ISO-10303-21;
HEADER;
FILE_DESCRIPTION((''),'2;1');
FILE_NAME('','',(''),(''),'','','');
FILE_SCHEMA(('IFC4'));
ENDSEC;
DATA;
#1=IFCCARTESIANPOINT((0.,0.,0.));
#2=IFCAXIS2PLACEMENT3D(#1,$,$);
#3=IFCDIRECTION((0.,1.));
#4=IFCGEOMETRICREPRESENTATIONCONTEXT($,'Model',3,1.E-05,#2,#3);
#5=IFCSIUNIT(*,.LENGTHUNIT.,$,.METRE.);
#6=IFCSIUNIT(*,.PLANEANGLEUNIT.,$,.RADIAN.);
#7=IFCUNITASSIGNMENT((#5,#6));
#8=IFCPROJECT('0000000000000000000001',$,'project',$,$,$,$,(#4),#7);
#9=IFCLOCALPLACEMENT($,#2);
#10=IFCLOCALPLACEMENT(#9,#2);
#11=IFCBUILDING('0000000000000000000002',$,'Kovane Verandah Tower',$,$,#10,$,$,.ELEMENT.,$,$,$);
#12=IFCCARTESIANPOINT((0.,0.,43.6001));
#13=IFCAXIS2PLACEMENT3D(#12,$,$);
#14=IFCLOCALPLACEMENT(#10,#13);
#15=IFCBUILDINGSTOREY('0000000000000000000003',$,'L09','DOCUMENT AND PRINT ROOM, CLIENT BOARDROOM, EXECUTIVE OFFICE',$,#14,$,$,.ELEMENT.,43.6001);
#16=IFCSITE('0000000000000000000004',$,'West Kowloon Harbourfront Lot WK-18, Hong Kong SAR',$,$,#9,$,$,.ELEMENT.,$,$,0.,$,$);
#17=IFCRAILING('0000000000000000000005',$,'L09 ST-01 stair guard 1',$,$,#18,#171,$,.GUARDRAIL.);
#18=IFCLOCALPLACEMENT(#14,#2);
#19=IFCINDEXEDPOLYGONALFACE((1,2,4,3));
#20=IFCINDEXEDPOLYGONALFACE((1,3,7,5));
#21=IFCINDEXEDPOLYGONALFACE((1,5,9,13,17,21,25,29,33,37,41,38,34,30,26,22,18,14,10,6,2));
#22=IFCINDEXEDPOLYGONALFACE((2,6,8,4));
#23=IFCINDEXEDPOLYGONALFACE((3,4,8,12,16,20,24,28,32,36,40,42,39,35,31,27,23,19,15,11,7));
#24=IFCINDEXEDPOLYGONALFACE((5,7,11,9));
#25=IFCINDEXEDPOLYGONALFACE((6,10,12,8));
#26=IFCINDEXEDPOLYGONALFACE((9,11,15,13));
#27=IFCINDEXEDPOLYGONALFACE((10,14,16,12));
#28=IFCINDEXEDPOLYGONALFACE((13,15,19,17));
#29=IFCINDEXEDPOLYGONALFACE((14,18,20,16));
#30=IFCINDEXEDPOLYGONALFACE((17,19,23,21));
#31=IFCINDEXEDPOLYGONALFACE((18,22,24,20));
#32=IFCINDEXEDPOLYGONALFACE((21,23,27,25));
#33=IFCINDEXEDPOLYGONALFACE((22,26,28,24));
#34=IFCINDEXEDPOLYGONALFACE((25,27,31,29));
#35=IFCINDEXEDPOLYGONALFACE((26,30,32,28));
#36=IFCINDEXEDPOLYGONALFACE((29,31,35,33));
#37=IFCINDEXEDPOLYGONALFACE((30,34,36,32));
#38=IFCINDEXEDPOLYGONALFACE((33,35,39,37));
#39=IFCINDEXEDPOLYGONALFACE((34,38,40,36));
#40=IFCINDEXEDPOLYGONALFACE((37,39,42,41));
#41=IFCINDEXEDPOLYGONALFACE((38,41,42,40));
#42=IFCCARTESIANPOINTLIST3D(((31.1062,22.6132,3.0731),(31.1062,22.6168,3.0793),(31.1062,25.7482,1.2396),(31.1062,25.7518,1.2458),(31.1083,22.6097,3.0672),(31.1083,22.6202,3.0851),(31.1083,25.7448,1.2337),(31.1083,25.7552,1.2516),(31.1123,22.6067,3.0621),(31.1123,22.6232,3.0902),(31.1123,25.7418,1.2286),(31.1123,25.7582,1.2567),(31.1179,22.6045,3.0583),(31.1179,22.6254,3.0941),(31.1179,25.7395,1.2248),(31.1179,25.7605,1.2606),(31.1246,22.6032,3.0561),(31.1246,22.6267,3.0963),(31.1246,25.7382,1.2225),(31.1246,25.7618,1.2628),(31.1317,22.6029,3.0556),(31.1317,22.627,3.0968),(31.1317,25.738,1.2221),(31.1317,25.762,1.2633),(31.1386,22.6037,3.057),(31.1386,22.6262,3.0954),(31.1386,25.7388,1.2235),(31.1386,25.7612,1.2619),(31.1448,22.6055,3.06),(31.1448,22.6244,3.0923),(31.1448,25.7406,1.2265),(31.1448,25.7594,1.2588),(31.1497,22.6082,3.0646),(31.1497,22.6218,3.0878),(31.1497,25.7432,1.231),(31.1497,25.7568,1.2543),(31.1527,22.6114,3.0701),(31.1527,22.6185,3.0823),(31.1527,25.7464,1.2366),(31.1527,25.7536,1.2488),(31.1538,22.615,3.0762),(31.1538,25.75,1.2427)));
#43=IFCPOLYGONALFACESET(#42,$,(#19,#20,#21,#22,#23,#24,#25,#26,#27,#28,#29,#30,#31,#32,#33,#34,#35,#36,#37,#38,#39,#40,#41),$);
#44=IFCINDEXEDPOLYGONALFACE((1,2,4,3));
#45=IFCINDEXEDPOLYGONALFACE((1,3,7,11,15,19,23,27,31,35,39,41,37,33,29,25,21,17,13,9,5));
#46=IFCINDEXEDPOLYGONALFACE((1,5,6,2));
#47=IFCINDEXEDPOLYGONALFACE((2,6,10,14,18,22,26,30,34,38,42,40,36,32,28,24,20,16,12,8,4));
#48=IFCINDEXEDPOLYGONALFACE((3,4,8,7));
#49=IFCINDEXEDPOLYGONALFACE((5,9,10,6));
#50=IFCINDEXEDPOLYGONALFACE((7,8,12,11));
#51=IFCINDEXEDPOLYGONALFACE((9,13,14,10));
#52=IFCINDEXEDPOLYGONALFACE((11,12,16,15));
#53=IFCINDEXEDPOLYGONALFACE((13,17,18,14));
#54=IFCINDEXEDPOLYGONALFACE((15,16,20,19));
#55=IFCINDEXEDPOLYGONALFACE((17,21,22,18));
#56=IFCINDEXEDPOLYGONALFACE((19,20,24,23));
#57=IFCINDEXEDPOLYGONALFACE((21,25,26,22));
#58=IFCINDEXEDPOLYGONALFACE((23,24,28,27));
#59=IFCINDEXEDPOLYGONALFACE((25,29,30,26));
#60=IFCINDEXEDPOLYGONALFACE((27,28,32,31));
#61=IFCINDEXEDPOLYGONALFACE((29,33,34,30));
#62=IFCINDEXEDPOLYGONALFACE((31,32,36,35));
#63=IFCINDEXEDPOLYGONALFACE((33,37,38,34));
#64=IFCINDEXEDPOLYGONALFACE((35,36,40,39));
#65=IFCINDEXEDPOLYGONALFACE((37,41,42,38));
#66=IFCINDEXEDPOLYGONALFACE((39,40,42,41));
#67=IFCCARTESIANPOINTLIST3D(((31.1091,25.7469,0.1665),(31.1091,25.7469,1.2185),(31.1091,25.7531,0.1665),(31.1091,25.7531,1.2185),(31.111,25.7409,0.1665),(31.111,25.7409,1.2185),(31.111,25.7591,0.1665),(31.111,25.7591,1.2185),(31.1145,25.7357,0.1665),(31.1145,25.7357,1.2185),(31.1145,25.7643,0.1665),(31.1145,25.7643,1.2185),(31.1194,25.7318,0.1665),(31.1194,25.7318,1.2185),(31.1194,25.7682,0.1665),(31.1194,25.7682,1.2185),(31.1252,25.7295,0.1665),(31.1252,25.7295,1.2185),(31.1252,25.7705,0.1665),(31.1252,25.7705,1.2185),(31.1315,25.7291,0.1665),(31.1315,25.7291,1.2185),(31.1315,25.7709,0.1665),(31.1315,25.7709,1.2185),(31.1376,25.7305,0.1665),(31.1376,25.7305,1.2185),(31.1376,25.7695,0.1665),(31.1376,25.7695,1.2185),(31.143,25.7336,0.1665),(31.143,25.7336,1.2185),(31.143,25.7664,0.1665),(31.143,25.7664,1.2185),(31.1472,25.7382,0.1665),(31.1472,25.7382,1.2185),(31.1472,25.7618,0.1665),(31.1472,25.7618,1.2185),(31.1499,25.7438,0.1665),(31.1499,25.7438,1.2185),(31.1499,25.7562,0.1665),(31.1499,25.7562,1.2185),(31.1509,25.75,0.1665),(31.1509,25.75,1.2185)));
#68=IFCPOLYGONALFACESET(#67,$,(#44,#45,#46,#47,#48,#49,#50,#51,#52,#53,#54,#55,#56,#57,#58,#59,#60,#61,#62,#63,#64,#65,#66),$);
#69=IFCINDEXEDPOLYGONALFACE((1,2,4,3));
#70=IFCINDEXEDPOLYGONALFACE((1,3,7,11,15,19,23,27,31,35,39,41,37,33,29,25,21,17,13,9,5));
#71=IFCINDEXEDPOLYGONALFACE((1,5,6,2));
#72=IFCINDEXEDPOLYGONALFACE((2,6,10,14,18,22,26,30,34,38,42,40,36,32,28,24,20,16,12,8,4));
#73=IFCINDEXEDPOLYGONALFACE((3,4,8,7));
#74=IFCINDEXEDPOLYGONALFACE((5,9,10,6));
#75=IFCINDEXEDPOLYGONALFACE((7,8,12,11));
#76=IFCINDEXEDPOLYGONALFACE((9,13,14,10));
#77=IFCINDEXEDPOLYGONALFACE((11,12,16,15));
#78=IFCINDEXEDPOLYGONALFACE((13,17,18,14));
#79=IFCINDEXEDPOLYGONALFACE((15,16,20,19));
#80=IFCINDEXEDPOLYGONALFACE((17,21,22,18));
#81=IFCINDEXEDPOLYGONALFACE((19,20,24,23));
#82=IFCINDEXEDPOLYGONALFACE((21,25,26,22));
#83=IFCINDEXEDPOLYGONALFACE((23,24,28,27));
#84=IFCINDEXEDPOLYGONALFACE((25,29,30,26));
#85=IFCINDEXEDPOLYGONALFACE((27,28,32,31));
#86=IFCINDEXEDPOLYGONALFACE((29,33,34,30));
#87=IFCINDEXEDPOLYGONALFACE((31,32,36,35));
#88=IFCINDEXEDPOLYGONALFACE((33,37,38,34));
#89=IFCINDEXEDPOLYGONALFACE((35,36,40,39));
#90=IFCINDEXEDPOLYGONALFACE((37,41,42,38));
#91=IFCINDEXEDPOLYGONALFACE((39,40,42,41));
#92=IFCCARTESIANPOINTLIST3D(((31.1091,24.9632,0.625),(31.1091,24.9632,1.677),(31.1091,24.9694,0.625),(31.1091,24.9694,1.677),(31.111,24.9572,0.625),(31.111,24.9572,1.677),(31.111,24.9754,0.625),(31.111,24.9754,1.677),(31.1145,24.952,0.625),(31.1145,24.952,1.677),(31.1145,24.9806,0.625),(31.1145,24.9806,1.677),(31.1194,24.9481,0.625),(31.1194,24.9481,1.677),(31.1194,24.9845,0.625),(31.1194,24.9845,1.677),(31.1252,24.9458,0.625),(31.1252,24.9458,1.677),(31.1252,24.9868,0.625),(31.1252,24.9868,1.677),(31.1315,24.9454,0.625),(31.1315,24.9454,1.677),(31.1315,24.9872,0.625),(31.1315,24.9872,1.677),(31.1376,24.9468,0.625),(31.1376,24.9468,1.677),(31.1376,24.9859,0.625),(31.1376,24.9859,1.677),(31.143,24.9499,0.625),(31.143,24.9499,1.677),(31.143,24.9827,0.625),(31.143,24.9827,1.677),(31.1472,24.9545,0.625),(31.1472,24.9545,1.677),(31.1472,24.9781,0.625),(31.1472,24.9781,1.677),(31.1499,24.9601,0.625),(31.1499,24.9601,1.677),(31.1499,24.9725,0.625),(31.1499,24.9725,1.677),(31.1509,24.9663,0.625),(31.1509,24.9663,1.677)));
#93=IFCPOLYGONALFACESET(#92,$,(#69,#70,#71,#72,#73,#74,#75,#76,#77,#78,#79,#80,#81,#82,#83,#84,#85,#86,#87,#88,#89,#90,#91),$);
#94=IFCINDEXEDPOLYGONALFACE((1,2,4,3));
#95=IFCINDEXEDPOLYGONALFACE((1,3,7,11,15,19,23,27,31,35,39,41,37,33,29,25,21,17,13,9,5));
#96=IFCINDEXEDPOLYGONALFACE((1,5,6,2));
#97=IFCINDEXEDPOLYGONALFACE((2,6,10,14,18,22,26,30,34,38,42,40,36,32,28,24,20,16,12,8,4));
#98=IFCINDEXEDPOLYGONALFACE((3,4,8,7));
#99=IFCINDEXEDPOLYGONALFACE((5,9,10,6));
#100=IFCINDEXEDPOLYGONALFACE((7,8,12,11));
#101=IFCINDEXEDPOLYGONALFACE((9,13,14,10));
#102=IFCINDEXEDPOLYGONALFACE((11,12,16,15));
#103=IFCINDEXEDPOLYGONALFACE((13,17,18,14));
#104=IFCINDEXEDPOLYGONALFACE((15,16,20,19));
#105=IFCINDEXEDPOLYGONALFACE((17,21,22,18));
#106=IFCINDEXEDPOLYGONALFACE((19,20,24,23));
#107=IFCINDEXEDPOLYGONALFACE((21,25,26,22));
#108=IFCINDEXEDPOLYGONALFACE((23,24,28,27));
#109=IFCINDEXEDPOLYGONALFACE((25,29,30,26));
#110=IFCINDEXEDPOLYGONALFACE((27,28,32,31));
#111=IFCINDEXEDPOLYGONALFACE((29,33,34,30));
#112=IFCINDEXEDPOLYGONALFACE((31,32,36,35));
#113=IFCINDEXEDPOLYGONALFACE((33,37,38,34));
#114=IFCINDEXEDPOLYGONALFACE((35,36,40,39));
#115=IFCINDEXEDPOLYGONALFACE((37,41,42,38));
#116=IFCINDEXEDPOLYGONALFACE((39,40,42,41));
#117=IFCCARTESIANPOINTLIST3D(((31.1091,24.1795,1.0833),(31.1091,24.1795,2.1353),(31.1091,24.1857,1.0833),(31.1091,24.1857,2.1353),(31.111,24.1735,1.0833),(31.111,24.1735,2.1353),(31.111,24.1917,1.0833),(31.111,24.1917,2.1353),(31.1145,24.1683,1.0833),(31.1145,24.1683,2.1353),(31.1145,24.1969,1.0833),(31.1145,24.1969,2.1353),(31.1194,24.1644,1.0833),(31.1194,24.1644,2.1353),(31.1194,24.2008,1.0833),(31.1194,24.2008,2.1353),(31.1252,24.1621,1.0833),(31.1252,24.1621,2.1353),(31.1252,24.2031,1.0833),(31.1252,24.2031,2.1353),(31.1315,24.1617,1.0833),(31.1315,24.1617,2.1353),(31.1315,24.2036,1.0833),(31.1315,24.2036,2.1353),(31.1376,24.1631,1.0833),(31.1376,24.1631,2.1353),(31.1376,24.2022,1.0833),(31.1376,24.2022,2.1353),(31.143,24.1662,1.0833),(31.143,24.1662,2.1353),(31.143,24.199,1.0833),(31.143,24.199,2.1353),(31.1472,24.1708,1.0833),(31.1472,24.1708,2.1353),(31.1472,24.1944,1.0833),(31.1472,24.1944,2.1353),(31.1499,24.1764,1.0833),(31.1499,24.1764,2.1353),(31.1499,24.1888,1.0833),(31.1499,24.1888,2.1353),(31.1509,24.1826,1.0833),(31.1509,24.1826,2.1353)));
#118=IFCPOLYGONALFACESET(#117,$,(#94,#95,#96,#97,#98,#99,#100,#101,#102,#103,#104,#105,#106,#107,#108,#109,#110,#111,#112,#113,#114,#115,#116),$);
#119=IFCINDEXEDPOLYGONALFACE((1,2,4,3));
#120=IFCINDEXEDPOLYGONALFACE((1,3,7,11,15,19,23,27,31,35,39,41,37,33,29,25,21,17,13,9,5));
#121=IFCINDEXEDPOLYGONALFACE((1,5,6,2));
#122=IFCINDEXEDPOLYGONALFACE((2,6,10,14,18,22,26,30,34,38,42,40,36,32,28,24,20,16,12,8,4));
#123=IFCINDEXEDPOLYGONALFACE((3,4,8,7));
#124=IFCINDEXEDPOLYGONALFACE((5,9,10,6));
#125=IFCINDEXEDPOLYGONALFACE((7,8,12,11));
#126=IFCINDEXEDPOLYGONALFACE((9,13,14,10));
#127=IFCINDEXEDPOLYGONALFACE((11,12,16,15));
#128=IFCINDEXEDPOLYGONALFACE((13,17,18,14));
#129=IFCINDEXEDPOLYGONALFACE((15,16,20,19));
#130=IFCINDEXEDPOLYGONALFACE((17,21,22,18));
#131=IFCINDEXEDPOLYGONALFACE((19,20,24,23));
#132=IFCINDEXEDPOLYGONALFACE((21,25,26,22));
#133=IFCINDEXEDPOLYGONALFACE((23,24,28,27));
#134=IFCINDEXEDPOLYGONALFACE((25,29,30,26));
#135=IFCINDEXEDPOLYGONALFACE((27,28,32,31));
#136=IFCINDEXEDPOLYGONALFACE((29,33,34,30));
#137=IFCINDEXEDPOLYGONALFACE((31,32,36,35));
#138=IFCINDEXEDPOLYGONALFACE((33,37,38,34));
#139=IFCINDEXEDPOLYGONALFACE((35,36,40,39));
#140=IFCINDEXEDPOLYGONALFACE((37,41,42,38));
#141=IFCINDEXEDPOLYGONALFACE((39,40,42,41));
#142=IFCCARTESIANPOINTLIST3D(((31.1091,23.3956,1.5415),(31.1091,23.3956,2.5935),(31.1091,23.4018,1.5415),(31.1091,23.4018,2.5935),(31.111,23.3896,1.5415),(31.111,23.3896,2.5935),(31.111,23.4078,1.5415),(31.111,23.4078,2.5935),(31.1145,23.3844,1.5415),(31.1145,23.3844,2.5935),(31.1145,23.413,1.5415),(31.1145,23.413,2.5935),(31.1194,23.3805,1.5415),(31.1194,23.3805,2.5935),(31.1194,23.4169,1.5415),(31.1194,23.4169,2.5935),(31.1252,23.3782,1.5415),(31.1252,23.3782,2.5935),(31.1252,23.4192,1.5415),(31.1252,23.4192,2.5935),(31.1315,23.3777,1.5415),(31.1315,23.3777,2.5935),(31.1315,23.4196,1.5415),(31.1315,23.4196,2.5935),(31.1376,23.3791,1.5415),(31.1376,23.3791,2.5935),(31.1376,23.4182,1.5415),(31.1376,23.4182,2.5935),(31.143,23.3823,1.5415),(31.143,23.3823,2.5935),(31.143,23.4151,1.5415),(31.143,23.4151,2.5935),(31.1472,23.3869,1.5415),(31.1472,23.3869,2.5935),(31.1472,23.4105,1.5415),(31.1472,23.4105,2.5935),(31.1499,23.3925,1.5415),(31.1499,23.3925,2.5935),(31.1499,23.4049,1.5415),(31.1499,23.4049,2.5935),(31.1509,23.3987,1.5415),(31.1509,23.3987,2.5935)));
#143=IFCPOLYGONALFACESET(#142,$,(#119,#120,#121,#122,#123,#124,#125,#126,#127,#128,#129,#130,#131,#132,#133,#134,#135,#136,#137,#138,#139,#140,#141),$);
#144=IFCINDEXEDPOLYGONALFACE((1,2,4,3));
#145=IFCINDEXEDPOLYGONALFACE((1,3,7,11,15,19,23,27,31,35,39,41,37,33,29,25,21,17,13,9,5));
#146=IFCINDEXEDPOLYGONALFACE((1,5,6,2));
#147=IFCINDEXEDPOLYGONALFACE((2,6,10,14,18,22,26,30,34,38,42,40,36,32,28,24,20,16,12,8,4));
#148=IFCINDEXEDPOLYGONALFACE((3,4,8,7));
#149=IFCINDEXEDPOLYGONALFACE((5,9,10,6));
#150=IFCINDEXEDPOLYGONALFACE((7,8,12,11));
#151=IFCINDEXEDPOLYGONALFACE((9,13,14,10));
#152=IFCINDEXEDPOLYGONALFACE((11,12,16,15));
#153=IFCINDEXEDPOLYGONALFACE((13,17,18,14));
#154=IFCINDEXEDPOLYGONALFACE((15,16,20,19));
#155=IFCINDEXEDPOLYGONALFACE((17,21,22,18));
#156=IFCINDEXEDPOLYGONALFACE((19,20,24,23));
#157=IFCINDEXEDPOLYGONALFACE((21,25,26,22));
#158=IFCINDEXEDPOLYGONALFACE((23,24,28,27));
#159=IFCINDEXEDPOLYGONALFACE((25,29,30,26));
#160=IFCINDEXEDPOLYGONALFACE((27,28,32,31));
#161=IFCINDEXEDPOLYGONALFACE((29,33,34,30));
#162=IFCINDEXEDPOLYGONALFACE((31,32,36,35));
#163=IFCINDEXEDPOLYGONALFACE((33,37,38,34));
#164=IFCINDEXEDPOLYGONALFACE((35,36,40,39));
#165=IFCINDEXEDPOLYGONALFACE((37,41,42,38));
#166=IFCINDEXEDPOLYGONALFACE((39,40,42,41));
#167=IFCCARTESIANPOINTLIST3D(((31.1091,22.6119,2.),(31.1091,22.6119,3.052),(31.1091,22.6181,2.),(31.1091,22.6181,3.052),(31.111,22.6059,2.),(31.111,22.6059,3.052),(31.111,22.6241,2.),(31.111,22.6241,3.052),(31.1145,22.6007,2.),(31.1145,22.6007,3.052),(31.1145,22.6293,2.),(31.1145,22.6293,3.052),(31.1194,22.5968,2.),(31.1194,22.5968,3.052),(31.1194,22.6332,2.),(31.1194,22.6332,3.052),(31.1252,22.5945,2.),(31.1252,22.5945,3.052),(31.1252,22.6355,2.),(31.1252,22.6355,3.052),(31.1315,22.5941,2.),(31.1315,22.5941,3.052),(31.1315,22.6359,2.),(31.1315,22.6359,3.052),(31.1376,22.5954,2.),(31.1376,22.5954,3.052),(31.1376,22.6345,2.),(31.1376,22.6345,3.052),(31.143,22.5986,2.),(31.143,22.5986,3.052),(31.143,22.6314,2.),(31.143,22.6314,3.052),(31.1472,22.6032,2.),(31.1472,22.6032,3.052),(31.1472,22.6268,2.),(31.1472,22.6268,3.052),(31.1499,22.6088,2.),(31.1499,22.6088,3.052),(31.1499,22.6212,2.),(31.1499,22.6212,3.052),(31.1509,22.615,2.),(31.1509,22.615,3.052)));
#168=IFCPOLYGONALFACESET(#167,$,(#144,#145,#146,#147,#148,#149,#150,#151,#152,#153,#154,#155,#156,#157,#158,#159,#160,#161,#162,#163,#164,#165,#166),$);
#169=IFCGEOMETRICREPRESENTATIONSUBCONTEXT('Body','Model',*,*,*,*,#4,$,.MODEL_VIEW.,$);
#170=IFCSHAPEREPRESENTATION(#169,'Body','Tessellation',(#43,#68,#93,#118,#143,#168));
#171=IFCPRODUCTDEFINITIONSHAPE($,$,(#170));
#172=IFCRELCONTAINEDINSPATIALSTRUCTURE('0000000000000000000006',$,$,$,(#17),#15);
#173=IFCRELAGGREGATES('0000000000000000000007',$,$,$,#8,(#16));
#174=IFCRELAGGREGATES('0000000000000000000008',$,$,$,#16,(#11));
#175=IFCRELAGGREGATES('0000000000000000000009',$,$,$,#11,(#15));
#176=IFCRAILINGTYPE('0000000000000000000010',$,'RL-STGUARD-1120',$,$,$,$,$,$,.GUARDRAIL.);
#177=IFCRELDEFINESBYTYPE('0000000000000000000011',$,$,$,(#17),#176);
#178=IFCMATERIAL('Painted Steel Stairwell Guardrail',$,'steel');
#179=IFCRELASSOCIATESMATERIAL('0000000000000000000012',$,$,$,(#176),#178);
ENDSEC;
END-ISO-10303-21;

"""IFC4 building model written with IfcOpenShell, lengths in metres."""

from ifc_helpers import new_model, si_unit, direction, frame, origin, origin_2d, place, context, subcontext, project, spatial, circle, extrude, material, type_object, element, save


model = new_model("IFC4")

# Units and contexts
model_context = context("Model", 3, precision=1e-05, world=origin(), true_north=direction((0.0, 1.0)))
body_context = subcontext(model_context, "Body", "Model", "MODEL_VIEW")
ifc_project = project(units=[si_unit("LENGTHUNIT", "METRE"), si_unit("PLANEANGLEUNIT", "RADIAN")], contexts=[model_context])

# Site, building, storey
site_placement = place(None, origin())
site = spatial("IfcSite", under=ifc_project, at=site_placement, Name="West Kowloon Harbourfront Lot WK-18, Hong Kong SAR", CompositionType="ELEMENT", RefElevation=0.0)
building_placement = place(site_placement, origin())
building = spatial("IfcBuilding", under=site, at=building_placement, Name="Kovane Verandah Tower", CompositionType="ELEMENT")
storey_placement = place(building_placement, frame((0.0, 0.0, 43.6001)))
storey = spatial("IfcBuildingStorey", under=building, at=storey_placement, Name="L09", Description="DOCUMENT AND PRINT ROOM, CLIENT BOARDROOM, EXECUTIVE OFFICE", CompositionType="ELEMENT", Elevation=43.6001)

# Railing
ifc_material_1 = material(Name="Painted Steel Stairwell Guardrail", Category="steel")
railing_type_1 = type_object("IfcRailingType", Name="RL-STGUARD-1120", PredefinedType="GUARDRAIL", material=ifc_material_1)
railing_1_placement = place(storey_placement, frame((31.1299, 25.75, 0.1665)))
element("IfcRailing", 1, at=railing_1_placement, inside=storey, type_object=railing_type_1, Name="L09 ST-01 stair guard 1", PredefinedType="GUARDRAIL", context=body_context, shape_type="SweptSolid", body=[
    extrude(circle(Radius=0.0239, at=origin_2d()), frame((0.0, 0.0, 1.0762), z_axis=(0.0, -0.86321, 0.504845), x_axis=(1.0, 0.0, 0.0)), (0.0, 0.0, 1.0), 3.6318),
    extrude(circle(Radius=0.021, at=origin_2d()), origin(), (0.0, 0.0, 1.0), 1.052),
    extrude(circle(Radius=0.021, at=origin_2d()), frame((0.0, -0.7837, 0.4585)), (0.0, 0.0, 1.0), 1.052),
    extrude(circle(Radius=0.021, at=origin_2d()), frame((0.0, -1.5674, 0.9167)), (0.0, 0.0, 1.0), 1.052),
    extrude(circle(Radius=0.021, at=origin_2d()), frame((0.0, -2.3513, 1.375)), (0.0, 0.0, 1.0), 1.052),
    extrude(circle(Radius=0.021, at=origin_2d()), frame((0.0, -3.135, 1.8335)), (0.0, 0.0, 1.0), 1.052),
])

save(model, "model.ifc")
